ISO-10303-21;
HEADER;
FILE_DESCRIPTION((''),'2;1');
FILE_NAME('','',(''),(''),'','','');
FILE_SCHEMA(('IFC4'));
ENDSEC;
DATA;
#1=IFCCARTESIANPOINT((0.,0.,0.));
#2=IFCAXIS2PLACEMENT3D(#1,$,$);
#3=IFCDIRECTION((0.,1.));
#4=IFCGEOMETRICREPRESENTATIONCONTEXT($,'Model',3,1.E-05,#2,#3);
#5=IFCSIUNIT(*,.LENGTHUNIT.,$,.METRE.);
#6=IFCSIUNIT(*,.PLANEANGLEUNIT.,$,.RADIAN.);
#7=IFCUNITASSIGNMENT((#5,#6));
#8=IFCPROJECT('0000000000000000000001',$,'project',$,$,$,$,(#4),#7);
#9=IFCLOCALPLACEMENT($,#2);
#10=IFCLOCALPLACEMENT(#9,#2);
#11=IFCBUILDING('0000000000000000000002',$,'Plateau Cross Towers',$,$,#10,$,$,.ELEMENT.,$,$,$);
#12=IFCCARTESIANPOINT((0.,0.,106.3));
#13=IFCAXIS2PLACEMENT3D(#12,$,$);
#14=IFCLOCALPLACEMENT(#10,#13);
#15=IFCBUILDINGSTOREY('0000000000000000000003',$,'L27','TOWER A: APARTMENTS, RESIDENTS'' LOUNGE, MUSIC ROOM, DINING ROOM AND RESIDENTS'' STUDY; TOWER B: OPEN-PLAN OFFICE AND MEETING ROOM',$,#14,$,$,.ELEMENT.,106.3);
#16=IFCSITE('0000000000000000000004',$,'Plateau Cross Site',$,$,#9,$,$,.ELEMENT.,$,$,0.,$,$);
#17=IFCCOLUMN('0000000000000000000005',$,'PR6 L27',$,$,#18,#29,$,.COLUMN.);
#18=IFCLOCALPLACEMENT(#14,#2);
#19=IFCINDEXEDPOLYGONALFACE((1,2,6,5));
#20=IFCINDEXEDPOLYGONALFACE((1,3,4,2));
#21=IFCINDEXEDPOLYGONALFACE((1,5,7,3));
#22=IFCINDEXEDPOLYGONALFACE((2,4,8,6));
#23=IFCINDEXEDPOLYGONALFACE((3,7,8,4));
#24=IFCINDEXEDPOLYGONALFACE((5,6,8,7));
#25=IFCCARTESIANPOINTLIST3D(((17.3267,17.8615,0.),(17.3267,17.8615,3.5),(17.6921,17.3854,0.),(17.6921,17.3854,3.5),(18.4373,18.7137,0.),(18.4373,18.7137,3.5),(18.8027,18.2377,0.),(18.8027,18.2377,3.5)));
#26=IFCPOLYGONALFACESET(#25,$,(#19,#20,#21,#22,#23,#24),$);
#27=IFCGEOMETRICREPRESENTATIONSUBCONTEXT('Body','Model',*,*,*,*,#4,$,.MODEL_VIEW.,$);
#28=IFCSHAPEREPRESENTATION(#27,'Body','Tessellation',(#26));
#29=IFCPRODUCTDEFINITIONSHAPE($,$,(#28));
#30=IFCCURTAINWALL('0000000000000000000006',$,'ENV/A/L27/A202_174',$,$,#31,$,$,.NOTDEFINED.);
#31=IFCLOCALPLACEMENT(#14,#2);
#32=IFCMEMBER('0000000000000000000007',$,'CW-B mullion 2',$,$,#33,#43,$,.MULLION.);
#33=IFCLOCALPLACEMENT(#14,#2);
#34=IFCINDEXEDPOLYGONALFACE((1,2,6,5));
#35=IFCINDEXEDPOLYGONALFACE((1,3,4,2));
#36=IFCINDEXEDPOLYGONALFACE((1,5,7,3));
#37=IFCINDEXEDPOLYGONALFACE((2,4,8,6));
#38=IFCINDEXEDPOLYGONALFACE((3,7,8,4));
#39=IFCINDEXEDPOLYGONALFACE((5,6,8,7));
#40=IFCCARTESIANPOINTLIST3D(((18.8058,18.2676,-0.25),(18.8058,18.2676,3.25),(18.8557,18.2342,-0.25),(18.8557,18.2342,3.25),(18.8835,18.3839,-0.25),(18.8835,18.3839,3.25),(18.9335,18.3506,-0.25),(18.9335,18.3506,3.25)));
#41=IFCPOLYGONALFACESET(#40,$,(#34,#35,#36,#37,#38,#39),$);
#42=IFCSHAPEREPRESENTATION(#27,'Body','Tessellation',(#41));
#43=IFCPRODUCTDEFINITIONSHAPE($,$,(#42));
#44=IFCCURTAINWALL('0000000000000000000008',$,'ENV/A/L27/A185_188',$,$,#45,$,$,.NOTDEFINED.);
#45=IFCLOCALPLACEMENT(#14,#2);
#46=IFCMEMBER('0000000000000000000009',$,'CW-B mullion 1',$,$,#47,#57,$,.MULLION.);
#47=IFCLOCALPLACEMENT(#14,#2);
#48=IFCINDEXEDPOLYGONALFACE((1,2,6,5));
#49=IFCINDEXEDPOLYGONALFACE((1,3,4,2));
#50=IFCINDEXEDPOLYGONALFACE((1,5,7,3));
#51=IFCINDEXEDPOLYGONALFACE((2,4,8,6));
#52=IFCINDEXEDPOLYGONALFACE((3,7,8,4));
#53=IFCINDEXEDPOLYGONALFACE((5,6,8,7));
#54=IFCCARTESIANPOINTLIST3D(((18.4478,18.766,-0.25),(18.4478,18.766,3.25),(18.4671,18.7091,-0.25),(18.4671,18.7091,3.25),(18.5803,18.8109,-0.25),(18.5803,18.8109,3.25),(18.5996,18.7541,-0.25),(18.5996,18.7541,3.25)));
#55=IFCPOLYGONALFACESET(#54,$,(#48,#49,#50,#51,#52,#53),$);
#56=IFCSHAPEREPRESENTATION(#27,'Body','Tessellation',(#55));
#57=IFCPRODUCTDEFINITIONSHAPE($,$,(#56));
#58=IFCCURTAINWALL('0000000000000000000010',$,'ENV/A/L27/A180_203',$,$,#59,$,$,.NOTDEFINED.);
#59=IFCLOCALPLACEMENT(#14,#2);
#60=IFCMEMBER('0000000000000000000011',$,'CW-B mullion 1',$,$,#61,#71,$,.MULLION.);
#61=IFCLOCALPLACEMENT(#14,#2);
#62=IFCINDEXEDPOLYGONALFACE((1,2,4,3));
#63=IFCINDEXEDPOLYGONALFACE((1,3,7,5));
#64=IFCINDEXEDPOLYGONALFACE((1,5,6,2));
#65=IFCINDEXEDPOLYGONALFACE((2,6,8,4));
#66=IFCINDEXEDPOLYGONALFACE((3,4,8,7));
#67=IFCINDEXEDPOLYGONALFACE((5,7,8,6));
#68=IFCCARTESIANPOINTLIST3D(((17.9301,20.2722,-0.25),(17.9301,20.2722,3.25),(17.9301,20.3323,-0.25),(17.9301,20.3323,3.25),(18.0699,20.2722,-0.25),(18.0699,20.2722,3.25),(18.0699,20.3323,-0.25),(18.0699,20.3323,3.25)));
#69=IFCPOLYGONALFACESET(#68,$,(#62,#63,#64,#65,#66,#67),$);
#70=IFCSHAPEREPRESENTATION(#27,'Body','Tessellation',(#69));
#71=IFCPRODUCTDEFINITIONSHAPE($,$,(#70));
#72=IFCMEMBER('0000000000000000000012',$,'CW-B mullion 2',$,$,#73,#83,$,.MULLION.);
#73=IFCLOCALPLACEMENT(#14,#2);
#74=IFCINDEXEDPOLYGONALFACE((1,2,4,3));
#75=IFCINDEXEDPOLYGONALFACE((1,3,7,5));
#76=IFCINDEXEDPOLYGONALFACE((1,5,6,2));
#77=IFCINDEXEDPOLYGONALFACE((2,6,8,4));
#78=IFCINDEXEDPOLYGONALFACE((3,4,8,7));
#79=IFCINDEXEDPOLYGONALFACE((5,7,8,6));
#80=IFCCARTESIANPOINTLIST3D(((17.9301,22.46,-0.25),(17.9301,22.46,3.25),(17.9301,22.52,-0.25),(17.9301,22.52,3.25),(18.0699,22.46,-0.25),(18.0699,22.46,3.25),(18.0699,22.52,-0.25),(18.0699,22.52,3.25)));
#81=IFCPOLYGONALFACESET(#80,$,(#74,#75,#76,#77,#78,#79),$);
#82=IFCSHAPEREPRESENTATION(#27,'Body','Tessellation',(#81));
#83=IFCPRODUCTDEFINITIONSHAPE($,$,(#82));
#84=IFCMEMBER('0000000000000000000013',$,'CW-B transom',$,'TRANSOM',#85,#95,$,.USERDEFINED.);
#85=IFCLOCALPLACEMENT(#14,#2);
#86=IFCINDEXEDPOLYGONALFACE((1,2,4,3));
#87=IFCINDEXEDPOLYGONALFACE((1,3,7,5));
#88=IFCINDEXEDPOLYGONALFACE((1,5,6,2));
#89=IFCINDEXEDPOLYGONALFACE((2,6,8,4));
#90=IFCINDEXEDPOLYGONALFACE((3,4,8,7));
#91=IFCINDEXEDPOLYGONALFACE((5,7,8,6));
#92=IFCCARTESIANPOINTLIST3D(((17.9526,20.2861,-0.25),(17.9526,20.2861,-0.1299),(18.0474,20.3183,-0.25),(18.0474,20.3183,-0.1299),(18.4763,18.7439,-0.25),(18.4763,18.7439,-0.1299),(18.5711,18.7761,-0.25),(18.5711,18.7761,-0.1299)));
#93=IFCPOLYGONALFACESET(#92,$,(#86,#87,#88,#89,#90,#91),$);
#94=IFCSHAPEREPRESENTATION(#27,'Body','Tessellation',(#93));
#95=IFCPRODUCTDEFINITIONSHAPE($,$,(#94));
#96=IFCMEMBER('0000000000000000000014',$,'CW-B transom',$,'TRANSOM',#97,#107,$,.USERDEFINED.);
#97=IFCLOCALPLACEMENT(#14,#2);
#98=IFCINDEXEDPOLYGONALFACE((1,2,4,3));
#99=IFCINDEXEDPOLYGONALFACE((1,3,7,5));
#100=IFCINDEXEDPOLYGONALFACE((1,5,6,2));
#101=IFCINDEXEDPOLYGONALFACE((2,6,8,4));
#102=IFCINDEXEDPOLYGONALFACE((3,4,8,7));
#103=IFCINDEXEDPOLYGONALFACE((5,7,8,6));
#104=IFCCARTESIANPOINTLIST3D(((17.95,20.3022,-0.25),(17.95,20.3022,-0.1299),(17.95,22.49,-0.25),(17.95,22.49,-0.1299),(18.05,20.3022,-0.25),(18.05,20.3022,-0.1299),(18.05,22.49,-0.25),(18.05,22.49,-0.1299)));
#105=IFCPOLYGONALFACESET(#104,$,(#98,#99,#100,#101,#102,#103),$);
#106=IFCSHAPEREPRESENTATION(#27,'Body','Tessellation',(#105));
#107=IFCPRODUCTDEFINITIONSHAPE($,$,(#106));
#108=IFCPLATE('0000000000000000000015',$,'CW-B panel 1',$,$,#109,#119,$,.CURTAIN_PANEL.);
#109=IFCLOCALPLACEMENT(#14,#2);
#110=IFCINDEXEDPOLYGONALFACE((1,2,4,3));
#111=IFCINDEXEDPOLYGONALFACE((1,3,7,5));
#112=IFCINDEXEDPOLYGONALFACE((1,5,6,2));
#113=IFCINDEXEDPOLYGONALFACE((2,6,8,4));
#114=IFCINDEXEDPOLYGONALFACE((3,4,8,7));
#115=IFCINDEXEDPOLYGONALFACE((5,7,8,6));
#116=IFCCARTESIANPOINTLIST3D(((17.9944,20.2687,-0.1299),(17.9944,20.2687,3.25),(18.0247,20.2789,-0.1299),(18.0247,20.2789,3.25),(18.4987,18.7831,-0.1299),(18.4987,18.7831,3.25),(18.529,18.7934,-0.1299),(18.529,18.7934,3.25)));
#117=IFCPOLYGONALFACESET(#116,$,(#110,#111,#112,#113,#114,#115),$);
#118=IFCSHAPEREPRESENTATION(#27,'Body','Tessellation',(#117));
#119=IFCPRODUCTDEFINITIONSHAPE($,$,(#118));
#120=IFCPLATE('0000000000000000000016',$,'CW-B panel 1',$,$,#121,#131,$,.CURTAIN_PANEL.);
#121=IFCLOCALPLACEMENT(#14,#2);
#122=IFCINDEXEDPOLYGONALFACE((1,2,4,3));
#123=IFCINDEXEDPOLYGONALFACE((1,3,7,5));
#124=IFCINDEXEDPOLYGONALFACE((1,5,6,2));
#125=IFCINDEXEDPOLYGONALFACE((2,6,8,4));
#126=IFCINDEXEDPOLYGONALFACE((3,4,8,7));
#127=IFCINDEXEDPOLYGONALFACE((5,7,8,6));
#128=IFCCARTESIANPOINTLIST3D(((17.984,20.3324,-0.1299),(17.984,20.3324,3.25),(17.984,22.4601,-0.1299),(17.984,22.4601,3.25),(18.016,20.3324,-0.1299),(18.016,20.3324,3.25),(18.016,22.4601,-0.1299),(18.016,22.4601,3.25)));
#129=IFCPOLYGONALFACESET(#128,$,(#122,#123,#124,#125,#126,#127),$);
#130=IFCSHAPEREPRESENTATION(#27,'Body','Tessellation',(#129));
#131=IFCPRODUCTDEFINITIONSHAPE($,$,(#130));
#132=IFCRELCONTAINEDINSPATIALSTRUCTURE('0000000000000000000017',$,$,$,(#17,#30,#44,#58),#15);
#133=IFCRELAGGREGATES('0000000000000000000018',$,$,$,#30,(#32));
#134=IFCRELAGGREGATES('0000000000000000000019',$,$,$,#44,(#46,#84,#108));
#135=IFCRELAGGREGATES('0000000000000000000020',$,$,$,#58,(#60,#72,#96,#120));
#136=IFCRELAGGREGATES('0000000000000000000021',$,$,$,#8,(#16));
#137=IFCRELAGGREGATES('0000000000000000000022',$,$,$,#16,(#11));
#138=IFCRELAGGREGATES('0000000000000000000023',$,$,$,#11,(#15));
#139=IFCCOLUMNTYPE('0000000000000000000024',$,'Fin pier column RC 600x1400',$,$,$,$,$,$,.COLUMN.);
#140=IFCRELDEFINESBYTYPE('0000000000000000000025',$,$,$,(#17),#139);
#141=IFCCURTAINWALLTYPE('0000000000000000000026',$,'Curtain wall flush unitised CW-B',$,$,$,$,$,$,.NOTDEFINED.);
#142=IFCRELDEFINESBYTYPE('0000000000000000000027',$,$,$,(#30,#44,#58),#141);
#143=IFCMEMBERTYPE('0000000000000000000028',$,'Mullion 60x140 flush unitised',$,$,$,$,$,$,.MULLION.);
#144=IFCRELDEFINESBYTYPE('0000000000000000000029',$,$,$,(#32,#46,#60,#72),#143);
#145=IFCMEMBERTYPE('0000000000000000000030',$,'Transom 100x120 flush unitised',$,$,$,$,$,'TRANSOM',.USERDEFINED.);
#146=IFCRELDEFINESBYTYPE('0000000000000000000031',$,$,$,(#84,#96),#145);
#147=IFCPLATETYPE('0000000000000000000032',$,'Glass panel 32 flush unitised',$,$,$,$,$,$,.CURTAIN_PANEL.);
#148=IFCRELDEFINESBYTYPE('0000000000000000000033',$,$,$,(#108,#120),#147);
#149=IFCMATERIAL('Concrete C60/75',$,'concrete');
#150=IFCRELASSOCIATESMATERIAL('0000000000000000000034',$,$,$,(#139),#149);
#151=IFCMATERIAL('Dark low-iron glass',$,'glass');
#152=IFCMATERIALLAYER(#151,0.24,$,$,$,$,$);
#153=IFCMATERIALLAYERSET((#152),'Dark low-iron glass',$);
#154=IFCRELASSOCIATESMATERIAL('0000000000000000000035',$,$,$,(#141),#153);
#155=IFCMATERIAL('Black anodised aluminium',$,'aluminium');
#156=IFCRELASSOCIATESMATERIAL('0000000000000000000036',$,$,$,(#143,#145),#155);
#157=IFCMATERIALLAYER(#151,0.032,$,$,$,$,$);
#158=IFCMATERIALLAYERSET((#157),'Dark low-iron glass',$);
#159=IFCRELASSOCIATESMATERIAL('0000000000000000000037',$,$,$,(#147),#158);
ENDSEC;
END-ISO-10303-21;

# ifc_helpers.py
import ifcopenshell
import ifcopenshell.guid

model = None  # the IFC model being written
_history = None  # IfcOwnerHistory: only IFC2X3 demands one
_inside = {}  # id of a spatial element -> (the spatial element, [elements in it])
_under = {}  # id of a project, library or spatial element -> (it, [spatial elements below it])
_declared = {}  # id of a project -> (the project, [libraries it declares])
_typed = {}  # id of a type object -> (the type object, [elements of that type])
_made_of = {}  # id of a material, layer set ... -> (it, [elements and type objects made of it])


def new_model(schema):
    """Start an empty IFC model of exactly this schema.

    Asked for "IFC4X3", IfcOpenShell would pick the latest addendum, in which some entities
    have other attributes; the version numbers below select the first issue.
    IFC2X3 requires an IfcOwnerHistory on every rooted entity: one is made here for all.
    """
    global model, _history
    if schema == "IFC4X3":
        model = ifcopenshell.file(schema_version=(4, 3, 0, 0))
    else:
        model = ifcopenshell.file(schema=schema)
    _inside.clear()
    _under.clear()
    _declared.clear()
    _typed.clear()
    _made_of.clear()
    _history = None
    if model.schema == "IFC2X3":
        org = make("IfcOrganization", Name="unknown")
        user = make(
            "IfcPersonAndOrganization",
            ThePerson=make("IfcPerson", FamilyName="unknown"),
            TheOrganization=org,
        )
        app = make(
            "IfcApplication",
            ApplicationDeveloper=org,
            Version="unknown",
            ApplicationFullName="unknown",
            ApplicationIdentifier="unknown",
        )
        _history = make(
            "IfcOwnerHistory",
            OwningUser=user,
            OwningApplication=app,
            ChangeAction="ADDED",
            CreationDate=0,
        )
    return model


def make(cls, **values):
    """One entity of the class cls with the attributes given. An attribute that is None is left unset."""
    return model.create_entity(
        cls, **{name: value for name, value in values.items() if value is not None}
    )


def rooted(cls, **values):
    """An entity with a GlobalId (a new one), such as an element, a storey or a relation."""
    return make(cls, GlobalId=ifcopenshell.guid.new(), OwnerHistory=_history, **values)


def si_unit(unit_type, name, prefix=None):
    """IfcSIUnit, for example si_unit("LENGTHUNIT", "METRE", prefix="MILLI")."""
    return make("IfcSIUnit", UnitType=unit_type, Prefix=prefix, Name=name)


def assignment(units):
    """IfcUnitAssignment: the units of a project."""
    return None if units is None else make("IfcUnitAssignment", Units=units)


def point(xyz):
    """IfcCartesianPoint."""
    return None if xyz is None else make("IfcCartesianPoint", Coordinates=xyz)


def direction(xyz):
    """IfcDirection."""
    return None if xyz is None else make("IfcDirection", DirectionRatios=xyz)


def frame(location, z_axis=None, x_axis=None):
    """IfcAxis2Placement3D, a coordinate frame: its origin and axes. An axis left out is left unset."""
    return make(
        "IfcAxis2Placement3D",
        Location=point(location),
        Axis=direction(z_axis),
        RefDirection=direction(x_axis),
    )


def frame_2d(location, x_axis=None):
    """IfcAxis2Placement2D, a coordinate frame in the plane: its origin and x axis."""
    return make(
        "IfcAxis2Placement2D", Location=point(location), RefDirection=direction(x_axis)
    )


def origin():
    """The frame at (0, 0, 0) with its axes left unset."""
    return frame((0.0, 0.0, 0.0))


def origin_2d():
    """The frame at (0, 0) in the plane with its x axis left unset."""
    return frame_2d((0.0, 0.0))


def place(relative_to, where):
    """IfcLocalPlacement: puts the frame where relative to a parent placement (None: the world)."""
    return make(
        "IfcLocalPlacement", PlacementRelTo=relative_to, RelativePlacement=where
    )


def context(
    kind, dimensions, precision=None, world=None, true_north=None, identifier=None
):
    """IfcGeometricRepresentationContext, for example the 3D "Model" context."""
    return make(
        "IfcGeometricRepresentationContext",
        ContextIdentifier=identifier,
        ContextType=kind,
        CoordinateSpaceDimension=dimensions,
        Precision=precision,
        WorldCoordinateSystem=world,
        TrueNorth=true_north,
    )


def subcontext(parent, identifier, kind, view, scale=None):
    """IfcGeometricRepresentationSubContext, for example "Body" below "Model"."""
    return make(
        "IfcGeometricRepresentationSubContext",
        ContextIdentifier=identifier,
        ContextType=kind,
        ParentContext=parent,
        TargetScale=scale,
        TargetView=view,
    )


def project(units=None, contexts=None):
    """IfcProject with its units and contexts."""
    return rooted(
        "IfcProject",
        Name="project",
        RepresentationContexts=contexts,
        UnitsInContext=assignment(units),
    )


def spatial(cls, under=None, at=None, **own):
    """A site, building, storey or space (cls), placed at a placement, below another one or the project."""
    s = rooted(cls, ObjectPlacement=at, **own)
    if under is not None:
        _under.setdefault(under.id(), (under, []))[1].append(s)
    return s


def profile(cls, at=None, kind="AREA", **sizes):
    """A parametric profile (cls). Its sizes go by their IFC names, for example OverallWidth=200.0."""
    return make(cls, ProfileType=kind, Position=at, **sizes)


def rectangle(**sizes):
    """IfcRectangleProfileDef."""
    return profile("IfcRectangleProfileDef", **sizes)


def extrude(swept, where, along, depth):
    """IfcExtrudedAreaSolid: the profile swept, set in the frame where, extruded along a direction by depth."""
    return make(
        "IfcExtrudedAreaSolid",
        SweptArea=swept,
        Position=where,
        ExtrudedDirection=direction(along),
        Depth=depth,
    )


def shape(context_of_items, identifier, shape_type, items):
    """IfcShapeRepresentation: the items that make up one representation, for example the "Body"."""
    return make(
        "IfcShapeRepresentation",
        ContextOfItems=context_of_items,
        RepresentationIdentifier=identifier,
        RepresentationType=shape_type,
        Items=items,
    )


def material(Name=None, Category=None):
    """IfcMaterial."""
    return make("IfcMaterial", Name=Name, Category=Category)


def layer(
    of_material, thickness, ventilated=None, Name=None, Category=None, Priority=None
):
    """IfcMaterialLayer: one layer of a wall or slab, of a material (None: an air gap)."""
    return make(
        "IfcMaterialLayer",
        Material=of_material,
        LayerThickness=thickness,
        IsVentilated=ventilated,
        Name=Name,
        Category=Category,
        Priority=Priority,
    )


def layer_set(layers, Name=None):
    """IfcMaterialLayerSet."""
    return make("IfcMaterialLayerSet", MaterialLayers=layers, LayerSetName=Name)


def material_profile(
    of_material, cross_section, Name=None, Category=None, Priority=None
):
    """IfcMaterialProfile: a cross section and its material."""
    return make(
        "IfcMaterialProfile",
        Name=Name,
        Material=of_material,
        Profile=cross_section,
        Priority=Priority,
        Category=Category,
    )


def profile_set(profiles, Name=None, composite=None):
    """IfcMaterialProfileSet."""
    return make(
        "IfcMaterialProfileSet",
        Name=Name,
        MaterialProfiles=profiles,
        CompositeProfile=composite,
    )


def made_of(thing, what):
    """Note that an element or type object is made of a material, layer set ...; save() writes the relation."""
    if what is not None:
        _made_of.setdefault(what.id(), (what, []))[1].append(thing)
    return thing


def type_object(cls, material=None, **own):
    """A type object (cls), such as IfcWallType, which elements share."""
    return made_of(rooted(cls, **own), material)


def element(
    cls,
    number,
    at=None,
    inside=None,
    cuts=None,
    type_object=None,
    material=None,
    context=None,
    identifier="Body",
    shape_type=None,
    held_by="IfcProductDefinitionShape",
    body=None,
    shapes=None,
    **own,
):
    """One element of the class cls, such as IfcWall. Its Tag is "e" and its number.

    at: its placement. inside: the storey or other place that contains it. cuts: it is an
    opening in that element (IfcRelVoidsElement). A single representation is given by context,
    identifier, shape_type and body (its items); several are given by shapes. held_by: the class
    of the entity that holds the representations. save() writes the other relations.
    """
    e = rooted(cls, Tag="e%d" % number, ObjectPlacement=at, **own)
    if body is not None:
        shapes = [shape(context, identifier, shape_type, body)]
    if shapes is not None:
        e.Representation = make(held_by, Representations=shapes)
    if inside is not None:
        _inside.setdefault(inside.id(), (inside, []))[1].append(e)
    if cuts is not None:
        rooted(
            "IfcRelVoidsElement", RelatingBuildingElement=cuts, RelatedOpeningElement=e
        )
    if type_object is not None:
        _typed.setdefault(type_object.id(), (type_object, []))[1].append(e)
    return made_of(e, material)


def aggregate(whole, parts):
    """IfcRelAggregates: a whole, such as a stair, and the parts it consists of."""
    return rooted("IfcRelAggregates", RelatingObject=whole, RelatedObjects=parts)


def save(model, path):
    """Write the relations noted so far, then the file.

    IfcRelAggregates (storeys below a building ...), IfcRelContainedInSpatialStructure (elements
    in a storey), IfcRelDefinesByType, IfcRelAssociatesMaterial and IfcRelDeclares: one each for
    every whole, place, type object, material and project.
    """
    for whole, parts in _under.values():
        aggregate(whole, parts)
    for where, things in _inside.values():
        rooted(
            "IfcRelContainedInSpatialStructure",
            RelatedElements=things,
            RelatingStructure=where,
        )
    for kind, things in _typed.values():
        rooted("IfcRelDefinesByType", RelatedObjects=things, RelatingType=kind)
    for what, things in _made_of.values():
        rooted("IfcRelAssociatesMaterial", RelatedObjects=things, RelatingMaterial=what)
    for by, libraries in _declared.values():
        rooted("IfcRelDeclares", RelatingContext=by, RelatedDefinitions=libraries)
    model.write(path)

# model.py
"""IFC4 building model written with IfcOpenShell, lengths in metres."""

from ifc_helpers import new_model, si_unit, direction, frame, origin, origin_2d, place, context, subcontext, project, spatial, rectangle, extrude, material, layer, layer_set, material_profile, profile_set, type_object, element, aggregate, save


model = new_model("IFC4")

# Units and contexts
model_context = context("Model", 3, precision=1e-05, world=origin(), true_north=direction((0.0, 1.0)))
body_context = subcontext(model_context, "Body", "Model", "MODEL_VIEW")
ifc_project = project(units=[si_unit("LENGTHUNIT", "METRE"), si_unit("PLANEANGLEUNIT", "RADIAN")], contexts=[model_context])

# Site, building, storey
site_placement = place(None, origin())
site = spatial("IfcSite", under=ifc_project, at=site_placement, Name="Plateau Cross Site", CompositionType="ELEMENT", RefElevation=0.0)
building_placement = place(site_placement, origin())
building = spatial("IfcBuilding", under=site, at=building_placement, Name="Plateau Cross Towers", CompositionType="ELEMENT")
storey_placement = place(building_placement, frame((0.0, 0.0, 106.3)))
storey = spatial("IfcBuildingStorey", under=building, at=storey_placement, Name="L27", Description="TOWER A: APARTMENTS, RESIDENTS' LOUNGE, MUSIC ROOM, DINING ROOM AND RESIDENTS' STUDY; TOWER B: OPEN-PLAN OFFICE AND MEETING ROOM", CompositionType="ELEMENT", Elevation=106.3)

# Column
ifc_material_1 = material(Name="Concrete C60/75", Category="concrete")
ifc_material_profile_1 = material_profile(ifc_material_1, rectangle(XDim=0.6001, YDim=1.3999, at=origin_2d()), Name="RC 600x1400")
ifc_profile_set_1 = profile_set([ifc_material_profile_1], Name="Concrete C60/75")
column_type = type_object("IfcColumnType", Name="Fin pier column RC 600x1400", PredefinedType="COLUMN", material=ifc_profile_set_1)
column_placement = place(storey_placement, frame((18.0647, 18.0496, 0.0), z_axis=(0.0, 0.0, 1.0), x_axis=(-0.608811, 0.793315, 0.0)))
element("IfcColumn", 1, at=column_placement, inside=storey, type_object=column_type, Name="PR6 L27", PredefinedType="COLUMN", context=body_context, shape_type="SweptSolid", body=[
    extrude(rectangle(XDim=0.6001, YDim=1.3999, at=origin_2d()), origin(), (0.0, 0.0, 1.0), 3.5),
])

# Curtain walls, members
ifc_material_2 = material(Name="Dark low-iron glass", Category="glass")
ifc_layer_1 = layer(ifc_material_2, 0.24)
ifc_layer_set_1 = layer_set([ifc_layer_1], Name="Dark low-iron glass")
curtain_wall_type = type_object("IfcCurtainWallType", Name="Curtain wall flush unitised CW-B", PredefinedType="NOTDEFINED", material=ifc_layer_set_1)
curtain_wall_1_placement = place(storey_placement, origin())
curtain_wall_1 = element("IfcCurtainWall", 2, at=curtain_wall_1_placement, inside=storey, type_object=curtain_wall_type, Name="ENV/A/L27/A202_174", PredefinedType="NOTDEFINED")
ifc_material_3 = material(Name="Black anodised aluminium", Category="aluminium")
ifc_material_profile_2 = material_profile(ifc_material_3, rectangle(XDim=0.0601, YDim=0.1399, at=origin_2d()), Name="MULLION 60x140")
ifc_profile_set_2 = profile_set([ifc_material_profile_2], Name="Black anodised aluminium")
member_type_1 = type_object("IfcMemberType", Name="Mullion 60x140 flush unitised", PredefinedType="MULLION", material=ifc_profile_set_2)
member_1_placement = place(storey_placement, frame((18.8696, 18.3091, -0.25), z_axis=(0.0, 0.0, 1.0), x_axis=(-0.831521, 0.555493, 0.0)))
member_1 = element("IfcMember", 3, at=member_1_placement, type_object=member_type_1, Name="CW-B mullion 2", PredefinedType="MULLION", context=body_context, shape_type="SweptSolid", body=[
    extrude(rectangle(XDim=0.0601, YDim=0.1399, at=origin_2d()), origin(), (0.0, 0.0, 1.0), 3.5),
])
aggregate(curtain_wall_1, [member_1])
curtain_wall_2_placement = place(storey_placement, origin())
curtain_wall_2 = element("IfcCurtainWall", 4, at=curtain_wall_2_placement, inside=storey, type_object=curtain_wall_type, Name="ENV/A/L27/A185_188", PredefinedType="NOTDEFINED")
member_2_placement = place(storey_placement, frame((18.5237, 18.76, -0.25), z_axis=(0.0, 0.0, 1.0), x_axis=(-0.321469, 0.94692, 0.0)))
member_2 = element("IfcMember", 5, at=member_2_placement, type_object=member_type_1, Name="CW-B mullion 1", PredefinedType="MULLION", context=body_context, shape_type="SweptSolid", body=[
    extrude(rectangle(XDim=0.0601, YDim=0.1399, at=origin_2d()), origin(), (0.0, 0.0, 1.0), 3.5),
])

# Curtain wall, members
curtain_wall_3_placement = place(storey_placement, origin())
curtain_wall_3 = element("IfcCurtainWall", 6, at=curtain_wall_3_placement, inside=storey, type_object=curtain_wall_type, Name="ENV/A/L27/A180_203", PredefinedType="NOTDEFINED")
member_3_placement = place(storey_placement, frame((18.0, 20.3022, -0.25), z_axis=(0.0, 0.0, 1.0), x_axis=(0.0, 1.0, 0.0)))
member_3 = element("IfcMember", 7, at=member_3_placement, type_object=member_type_1, Name="CW-B mullion 1", PredefinedType="MULLION", context=body_context, shape_type="SweptSolid", body=[
    extrude(rectangle(XDim=0.0601, YDim=0.1399, at=origin_2d()), origin(), (0.0, 0.0, 1.0), 3.5),
])
member_4_placement = place(storey_placement, frame((18.0, 22.49, -0.25), z_axis=(0.0, 0.0, 1.0), x_axis=(0.0, 1.0, 0.0)))
member_4 = element("IfcMember", 8, at=member_4_placement, type_object=member_type_1, Name="CW-B mullion 2", PredefinedType="MULLION", context=body_context, shape_type="SweptSolid", body=[
    extrude(rectangle(XDim=0.0601, YDim=0.1399, at=origin_2d()), origin(), (0.0, 0.0, 1.0), 3.5),
])

# Members
ifc_material_profile_3 = material_profile(ifc_material_3, rectangle(XDim=0.1001, YDim=0.1201, at=origin_2d()), Name="TRANSOM 100x120")
ifc_profile_set_3 = profile_set([ifc_material_profile_3], Name="Black anodised aluminium")
member_type_2 = type_object("IfcMemberType", Name="Transom 100x120 flush unitised", ElementType="TRANSOM", PredefinedType="USERDEFINED", material=ifc_profile_set_3)
member_5_placement = place(storey_placement, frame((18.5237, 18.76, -0.1899), z_axis=(-0.321529, 0.9469, 0.0), x_axis=(-0.9469, -0.321529, 0.0)))
member_5 = element("IfcMember", 9, at=member_5_placement, type_object=member_type_2, Name="CW-B transom", ObjectType="TRANSOM", PredefinedType="USERDEFINED", context=body_context, shape_type="SweptSolid", body=[
    extrude(rectangle(XDim=0.1001, YDim=0.1201, at=origin_2d()), origin(), (0.0, 0.0, 1.0), 1.6287),
])
member_6_placement = place(storey_placement, frame((18.0, 20.3022, -0.1899), z_axis=(0.0, 1.0, 0.0), x_axis=(-1.0, 0.0, 0.0)))
member_6 = element("IfcMember", 10, at=member_6_placement, type_object=member_type_2, Name="CW-B transom", ObjectType="TRANSOM", PredefinedType="USERDEFINED", context=body_context, shape_type="SweptSolid", body=[
    extrude(rectangle(XDim=0.1001, YDim=0.1201, at=origin_2d()), origin(), (0.0, 0.0, 1.0), 2.1877),
])

# Plates
ifc_layer_2 = layer(ifc_material_2, 0.032)
ifc_layer_set_2 = layer_set([ifc_layer_2], Name="Dark low-iron glass")
plate_type = type_object("IfcPlateType", Name="Glass panel 32 flush unitised", PredefinedType="CURTAIN_PANEL", material=ifc_layer_set_2)
plate_1_placement = place(storey_placement, frame((18.2617, 19.531, -0.1299), z_axis=(0.0, 0.0, 1.0), x_axis=(-0.321469, 0.94692, 0.0)))
plate_1 = element("IfcPlate", 11, at=plate_1_placement, type_object=plate_type, Name="CW-B panel 1", PredefinedType="CURTAIN_PANEL", context=body_context, shape_type="SweptSolid", body=[
    extrude(rectangle(XDim=1.5688, YDim=0.032, at=origin_2d()), origin(), (0.0, 0.0, 1.0), 3.3799),
])
aggregate(curtain_wall_2, [member_2, member_5, plate_1])
plate_2_placement = place(storey_placement, frame((18.0, 21.3962, -0.1299), z_axis=(0.0, 0.0, 1.0), x_axis=(0.0, 1.0, 0.0)))
plate_2 = element("IfcPlate", 12, at=plate_2_placement, type_object=plate_type, Name="CW-B panel 1", PredefinedType="CURTAIN_PANEL", context=body_context, shape_type="SweptSolid", body=[
    extrude(rectangle(XDim=2.1277, YDim=0.032, at=origin_2d()), origin(), (0.0, 0.0, 1.0), 3.3799),
])
aggregate(curtain_wall_3, [member_3, member_4, member_6, plate_2])

save(model, "model.ifc")
